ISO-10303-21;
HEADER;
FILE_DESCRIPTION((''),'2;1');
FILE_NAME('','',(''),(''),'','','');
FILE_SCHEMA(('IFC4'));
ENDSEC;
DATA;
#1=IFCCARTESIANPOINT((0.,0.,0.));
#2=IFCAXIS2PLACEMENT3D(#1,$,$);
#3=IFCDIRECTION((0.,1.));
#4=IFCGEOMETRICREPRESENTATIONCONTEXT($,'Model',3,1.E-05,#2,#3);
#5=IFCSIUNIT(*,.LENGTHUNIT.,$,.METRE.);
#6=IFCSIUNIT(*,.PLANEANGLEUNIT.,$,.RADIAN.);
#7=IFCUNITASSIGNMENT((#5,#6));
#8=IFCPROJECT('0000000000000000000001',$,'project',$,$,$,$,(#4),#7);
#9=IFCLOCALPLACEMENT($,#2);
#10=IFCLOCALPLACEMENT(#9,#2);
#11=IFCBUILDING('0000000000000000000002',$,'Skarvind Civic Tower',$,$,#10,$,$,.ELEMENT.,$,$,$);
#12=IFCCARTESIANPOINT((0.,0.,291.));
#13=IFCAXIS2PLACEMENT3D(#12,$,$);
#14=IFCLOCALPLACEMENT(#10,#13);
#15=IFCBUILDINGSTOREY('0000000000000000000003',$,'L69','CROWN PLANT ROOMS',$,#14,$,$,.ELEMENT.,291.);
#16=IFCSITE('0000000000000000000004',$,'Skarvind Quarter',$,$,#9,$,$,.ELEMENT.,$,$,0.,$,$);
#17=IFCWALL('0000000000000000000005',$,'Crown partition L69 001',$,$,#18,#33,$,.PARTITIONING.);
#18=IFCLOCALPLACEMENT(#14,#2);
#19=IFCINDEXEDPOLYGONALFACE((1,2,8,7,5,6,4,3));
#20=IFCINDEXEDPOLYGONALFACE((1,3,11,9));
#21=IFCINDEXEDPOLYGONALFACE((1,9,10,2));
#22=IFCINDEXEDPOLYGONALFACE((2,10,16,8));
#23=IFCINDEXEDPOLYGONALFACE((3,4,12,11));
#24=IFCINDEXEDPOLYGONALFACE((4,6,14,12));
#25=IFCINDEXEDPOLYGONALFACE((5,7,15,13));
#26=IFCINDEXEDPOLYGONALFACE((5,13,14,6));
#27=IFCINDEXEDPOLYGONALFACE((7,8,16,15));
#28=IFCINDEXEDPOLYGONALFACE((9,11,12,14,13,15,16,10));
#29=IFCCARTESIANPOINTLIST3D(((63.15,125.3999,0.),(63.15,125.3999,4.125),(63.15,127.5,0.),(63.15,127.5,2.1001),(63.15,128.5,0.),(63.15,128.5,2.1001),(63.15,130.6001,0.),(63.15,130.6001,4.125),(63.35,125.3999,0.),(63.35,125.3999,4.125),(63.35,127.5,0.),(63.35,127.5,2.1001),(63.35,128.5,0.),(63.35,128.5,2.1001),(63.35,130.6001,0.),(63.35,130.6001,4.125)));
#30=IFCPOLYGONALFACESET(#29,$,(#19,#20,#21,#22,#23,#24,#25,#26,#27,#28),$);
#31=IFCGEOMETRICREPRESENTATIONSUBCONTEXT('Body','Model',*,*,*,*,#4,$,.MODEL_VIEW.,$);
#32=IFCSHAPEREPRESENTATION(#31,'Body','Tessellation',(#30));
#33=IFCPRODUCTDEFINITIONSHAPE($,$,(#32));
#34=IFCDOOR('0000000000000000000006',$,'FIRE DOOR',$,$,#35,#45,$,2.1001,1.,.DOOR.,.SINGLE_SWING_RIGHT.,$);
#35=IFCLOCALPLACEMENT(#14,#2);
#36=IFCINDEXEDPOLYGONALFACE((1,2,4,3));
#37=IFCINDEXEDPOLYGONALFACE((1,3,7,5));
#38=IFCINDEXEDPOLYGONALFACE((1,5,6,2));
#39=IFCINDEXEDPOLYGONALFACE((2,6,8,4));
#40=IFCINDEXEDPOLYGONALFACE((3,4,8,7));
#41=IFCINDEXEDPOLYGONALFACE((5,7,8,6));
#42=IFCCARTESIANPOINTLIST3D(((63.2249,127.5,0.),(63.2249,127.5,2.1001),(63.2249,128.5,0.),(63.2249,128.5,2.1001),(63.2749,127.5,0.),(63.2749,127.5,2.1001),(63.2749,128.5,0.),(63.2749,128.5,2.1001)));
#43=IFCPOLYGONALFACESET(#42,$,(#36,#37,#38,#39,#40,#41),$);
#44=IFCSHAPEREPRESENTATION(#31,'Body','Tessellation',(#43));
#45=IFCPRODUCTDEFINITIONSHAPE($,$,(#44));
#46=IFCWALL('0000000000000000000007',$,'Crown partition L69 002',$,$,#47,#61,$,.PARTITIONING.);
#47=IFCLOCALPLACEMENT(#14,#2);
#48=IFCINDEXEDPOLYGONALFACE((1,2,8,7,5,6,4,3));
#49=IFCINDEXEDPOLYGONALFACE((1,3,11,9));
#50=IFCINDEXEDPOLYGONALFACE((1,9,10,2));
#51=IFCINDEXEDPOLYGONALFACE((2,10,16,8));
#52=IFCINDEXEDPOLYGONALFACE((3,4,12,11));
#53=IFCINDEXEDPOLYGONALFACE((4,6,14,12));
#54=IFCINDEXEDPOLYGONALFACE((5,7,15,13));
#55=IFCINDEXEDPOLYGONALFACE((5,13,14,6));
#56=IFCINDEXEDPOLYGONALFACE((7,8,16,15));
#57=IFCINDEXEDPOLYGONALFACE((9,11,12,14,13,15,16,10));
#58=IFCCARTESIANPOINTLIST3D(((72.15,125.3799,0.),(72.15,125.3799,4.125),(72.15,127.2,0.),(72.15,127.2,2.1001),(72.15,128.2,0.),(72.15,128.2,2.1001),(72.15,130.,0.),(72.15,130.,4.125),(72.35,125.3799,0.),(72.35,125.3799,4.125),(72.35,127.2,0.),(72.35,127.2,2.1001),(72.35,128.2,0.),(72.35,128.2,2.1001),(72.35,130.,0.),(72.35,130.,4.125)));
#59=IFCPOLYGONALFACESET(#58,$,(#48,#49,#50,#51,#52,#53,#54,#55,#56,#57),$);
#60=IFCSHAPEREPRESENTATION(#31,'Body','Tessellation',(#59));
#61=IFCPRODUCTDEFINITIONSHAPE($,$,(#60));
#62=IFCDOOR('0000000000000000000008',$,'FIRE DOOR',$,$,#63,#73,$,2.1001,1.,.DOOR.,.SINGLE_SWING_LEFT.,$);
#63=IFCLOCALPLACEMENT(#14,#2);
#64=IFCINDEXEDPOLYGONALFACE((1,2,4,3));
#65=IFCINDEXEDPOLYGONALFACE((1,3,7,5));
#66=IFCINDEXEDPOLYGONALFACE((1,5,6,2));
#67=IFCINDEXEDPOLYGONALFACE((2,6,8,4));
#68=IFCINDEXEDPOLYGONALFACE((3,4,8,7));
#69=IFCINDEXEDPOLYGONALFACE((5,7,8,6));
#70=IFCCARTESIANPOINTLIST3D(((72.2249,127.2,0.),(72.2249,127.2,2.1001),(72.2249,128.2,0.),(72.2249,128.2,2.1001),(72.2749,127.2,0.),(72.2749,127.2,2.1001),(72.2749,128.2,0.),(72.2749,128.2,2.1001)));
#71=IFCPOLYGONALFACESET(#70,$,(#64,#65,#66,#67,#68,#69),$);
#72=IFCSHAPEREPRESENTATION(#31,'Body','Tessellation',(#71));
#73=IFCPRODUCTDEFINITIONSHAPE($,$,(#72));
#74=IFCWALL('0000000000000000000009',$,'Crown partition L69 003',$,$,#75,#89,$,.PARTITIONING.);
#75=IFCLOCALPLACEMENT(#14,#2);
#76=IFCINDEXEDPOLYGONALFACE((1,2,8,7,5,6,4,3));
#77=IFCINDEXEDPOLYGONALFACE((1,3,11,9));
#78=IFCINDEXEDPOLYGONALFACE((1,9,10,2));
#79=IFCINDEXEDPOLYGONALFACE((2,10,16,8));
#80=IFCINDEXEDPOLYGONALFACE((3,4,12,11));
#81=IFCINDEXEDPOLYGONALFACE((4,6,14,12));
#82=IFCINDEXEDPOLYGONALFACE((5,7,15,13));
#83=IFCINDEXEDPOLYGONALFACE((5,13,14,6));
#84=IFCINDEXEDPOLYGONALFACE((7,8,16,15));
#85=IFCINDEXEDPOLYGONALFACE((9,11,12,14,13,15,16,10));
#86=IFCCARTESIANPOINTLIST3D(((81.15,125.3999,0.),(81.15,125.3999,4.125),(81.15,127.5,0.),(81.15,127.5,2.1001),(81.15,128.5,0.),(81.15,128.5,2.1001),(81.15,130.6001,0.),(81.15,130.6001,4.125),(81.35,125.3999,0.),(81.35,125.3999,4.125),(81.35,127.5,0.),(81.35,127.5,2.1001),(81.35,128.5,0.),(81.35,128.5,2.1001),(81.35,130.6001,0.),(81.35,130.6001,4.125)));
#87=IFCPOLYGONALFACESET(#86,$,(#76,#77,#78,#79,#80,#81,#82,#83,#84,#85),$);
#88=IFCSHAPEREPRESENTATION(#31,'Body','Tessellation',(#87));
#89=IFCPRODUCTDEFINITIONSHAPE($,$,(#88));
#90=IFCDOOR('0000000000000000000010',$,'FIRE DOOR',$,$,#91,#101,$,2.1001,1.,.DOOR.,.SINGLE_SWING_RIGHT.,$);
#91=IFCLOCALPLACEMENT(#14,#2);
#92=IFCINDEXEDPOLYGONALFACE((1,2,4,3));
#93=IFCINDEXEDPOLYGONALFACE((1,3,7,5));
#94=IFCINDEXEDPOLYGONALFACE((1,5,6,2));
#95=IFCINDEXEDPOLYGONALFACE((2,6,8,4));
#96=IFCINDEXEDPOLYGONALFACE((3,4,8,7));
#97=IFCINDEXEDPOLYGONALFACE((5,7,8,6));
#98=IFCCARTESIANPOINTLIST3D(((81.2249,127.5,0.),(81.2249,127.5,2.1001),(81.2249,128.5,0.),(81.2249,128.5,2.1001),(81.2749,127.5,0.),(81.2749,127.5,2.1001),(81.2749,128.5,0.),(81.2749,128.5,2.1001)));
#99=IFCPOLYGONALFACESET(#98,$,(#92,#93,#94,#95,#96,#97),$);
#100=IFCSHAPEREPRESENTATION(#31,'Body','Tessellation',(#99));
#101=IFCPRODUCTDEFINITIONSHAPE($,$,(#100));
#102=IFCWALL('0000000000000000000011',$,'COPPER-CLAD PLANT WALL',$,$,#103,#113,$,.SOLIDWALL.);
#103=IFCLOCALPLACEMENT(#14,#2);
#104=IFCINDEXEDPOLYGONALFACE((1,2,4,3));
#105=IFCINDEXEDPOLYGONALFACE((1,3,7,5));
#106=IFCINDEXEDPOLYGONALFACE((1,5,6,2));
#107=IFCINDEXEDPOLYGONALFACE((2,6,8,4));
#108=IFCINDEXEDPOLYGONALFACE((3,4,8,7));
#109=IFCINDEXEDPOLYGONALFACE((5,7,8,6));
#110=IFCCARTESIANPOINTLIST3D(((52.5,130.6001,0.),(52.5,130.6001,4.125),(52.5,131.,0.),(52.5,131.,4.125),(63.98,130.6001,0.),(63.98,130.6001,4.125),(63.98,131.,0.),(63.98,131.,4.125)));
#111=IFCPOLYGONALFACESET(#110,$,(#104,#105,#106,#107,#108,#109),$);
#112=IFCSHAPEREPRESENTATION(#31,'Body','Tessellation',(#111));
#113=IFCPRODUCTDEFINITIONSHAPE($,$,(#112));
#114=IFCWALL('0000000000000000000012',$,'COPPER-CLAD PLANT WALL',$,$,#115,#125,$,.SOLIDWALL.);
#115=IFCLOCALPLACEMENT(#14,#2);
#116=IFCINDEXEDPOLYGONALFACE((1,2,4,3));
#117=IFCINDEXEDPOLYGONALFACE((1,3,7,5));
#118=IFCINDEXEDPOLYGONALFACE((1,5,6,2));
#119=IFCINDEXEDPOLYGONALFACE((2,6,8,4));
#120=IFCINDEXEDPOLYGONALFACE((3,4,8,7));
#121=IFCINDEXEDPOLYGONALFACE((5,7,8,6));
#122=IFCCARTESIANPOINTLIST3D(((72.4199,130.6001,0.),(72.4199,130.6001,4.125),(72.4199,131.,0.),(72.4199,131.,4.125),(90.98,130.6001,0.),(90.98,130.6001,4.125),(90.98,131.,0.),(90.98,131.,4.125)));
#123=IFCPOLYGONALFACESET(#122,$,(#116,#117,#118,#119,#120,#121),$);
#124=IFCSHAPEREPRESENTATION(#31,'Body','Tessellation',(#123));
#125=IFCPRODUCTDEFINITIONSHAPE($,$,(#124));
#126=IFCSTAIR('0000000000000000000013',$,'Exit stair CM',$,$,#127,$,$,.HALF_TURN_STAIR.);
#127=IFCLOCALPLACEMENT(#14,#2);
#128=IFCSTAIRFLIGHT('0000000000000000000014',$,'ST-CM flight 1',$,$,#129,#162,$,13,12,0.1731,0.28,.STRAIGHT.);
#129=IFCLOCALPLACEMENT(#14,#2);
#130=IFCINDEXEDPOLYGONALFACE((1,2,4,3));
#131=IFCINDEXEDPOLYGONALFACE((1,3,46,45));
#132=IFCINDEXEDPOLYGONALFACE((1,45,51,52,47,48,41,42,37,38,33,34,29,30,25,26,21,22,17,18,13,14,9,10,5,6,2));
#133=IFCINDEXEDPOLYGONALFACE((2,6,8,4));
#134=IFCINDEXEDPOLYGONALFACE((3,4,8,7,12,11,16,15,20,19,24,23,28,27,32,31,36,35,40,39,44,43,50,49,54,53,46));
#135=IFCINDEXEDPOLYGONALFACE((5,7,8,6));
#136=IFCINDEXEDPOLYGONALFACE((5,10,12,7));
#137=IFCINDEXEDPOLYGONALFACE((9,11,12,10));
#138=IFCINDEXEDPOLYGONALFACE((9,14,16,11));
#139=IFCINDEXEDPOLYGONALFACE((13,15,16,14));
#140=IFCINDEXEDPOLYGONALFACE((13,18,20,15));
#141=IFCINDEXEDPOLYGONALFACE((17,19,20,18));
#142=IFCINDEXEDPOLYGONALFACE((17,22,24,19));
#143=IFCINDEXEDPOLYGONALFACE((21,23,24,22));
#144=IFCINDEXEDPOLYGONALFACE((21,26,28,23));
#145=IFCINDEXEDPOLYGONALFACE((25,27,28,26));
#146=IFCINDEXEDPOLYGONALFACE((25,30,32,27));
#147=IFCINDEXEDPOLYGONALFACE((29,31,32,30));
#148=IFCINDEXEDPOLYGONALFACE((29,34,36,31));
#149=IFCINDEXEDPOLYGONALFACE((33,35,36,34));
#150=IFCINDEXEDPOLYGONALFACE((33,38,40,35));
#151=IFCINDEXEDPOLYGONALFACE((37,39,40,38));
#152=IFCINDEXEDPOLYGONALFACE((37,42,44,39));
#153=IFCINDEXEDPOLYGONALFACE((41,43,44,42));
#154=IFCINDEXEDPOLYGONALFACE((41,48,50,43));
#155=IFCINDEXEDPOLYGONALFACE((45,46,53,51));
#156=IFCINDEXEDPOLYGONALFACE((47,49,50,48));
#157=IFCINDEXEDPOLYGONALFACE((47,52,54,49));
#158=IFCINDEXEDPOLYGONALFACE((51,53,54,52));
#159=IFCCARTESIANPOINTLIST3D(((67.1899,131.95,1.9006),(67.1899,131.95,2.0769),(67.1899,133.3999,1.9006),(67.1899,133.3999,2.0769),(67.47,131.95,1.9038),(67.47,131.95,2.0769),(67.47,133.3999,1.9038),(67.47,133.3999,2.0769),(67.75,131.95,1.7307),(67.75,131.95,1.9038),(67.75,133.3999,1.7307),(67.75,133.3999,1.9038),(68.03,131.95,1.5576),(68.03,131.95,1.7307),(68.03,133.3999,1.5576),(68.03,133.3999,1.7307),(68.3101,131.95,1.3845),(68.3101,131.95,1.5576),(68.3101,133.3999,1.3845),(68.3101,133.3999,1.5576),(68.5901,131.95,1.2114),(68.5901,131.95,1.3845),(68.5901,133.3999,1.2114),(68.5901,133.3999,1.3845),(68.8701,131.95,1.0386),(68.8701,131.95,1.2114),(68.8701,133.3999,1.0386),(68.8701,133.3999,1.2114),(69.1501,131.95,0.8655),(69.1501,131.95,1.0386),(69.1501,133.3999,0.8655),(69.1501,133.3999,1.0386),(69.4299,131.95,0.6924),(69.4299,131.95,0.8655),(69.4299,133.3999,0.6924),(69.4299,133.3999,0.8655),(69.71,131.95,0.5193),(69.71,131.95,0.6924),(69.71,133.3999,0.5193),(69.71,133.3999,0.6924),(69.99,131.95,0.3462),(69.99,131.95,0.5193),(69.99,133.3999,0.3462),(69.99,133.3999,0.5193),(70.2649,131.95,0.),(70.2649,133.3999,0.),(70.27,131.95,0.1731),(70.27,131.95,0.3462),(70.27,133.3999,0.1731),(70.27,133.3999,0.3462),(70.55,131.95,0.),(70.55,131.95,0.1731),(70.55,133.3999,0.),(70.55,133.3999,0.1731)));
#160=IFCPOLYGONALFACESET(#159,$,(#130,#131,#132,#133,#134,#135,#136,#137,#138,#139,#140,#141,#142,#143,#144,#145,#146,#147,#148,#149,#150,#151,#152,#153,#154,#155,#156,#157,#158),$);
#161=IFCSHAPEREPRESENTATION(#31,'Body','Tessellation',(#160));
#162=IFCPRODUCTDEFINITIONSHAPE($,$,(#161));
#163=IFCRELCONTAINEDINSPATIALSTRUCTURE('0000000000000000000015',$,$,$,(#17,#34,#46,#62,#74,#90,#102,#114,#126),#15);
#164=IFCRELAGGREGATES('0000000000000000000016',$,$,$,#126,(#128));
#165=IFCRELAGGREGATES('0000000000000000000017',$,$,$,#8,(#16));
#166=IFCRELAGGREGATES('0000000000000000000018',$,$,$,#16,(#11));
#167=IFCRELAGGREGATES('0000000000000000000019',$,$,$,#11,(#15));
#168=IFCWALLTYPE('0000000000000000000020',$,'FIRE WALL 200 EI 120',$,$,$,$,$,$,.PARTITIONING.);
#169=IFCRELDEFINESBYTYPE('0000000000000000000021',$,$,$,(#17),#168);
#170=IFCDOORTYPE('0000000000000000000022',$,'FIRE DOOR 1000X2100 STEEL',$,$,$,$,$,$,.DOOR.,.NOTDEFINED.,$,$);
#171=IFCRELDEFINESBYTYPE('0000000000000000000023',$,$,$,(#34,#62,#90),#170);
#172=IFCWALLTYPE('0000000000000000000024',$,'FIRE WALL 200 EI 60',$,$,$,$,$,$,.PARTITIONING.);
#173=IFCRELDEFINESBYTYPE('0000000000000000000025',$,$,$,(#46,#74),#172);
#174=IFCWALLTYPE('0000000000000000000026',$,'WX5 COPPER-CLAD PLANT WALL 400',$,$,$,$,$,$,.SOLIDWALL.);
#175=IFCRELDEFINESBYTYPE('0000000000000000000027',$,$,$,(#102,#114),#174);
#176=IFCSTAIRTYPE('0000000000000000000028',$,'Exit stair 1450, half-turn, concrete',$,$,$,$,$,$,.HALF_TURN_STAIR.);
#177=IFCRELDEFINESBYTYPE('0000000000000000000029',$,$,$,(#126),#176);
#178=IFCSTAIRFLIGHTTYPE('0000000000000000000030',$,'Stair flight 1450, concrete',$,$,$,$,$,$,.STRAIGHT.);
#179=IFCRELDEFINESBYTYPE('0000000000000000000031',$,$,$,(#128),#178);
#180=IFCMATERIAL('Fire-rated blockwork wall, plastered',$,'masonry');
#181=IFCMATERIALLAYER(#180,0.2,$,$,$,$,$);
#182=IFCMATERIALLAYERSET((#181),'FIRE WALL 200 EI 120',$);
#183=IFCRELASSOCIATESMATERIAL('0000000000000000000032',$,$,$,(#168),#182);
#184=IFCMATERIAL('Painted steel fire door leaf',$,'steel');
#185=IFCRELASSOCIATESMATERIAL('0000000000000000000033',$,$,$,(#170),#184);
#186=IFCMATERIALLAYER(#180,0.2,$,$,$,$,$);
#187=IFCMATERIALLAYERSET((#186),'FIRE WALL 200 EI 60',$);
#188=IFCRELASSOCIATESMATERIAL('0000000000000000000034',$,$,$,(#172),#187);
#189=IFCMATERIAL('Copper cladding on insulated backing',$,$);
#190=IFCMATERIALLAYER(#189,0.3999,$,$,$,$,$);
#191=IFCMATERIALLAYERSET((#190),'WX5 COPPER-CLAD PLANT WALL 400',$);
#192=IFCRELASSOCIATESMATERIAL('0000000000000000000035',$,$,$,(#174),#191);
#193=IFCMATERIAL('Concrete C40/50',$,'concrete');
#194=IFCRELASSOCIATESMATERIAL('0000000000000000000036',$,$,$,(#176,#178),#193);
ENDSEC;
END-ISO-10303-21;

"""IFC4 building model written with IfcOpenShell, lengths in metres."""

from ifc_helpers import new_model, si_unit, direction, frame, frame_2d, origin, place, context, subcontext, project, spatial, polyline, rectangle, outline, extrude, material, layer, layer_set, type_object, element, fill, aggregate, save


model = new_model("IFC4")

# Units and contexts
model_context = context("Model", 3, precision=1e-05, world=origin(), true_north=direction((0.0, 1.0)))
body_context = subcontext(model_context, "Body", "Model", "MODEL_VIEW")
ifc_project = project(units=[si_unit("LENGTHUNIT", "METRE"), si_unit("PLANEANGLEUNIT", "RADIAN")], contexts=[model_context])

# Site, building, storey
site_placement = place(None, origin())
site = spatial("IfcSite", under=ifc_project, at=site_placement, Name="Skarvind Quarter", CompositionType="ELEMENT", RefElevation=0.0)
building_placement = place(site_placement, origin())
building = spatial("IfcBuilding", under=site, at=building_placement, Name="Skarvind Civic Tower", CompositionType="ELEMENT")
storey_placement = place(building_placement, frame((0.0, 0.0, 291.0)))
storey = spatial("IfcBuildingStorey", under=building, at=storey_placement, Name="L69", Description="CROWN PLANT ROOMS", CompositionType="ELEMENT", Elevation=291.0)

# Walls, openings, doors
ifc_material_1 = material(Name="Fire-rated blockwork wall, plastered", Category="masonry")
ifc_layer_1 = layer(ifc_material_1, 0.2)
ifc_layer_set_1 = layer_set([ifc_layer_1], Name="FIRE WALL 200 EI 120")
wall_type_1 = type_object("IfcWallType", Name="FIRE WALL 200 EI 120", PredefinedType="PARTITIONING", material=ifc_layer_set_1)
wall_1_placement = place(storey_placement, frame((63.25, 130.6001, 0.0), z_axis=(0.0, 0.0, 1.0), x_axis=(0.0, -1.0, 0.0)))
wall_1 = element("IfcWall", 1, at=wall_1_placement, inside=storey, type_object=wall_type_1, Name="Crown partition L69 001", PredefinedType="PARTITIONING", context=body_context, shape_type="SweptSolid", body=[
    extrude(rectangle(XDim=5.2002, YDim=0.2, at=frame_2d((2.6001, 0.0))), origin(), (0.0, 0.0, 1.0), 4.125),
])
opening_1_placement = place(wall_1_placement, frame((2.1001, 0.0, 0.0)))
opening_1 = element("IfcOpeningElement", 2, at=opening_1_placement, cuts=wall_1, PredefinedType="OPENING", context=body_context, shape_type="SweptSolid", body=[
    extrude(rectangle(XDim=1.0, YDim=2.1001, at=frame_2d((0.5, 1.05))), frame((0.0, 0.1099, 0.0), z_axis=(0.0, -1.0, 0.0), x_axis=(1.0, 0.0, 0.0)), (0.0, 0.0, 1.0), 0.22),
])
ifc_material_2 = material(Name="Painted steel fire door leaf", Category="steel")
door_type_1 = type_object("IfcDoorType", Name="FIRE DOOR 1000X2100 STEEL", OperationType="NOTDEFINED", PredefinedType="DOOR", material=ifc_material_2)
door_1_placement = place(opening_1_placement, origin())
door_1 = element("IfcDoor", 3, at=door_1_placement, inside=storey, type_object=door_type_1, Name="FIRE DOOR", OperationType="SINGLE_SWING_RIGHT", OverallHeight=2.1001, OverallWidth=1.0, PredefinedType="DOOR", context=body_context, shape_type="SweptSolid", body=[
    extrude(rectangle(XDim=1.0, YDim=2.1001, at=frame_2d((0.5, 1.05))), frame((0.0, 0.0249, 0.0), z_axis=(0.0, -1.0, 0.0), x_axis=(1.0, 0.0, 0.0)), (0.0, 0.0, 1.0), 0.05),
])
fill(opening_1, door_1)
ifc_layer_2 = layer(ifc_material_1, 0.2)
ifc_layer_set_2 = layer_set([ifc_layer_2], Name="FIRE WALL 200 EI 60")
wall_type_2 = type_object("IfcWallType", Name="FIRE WALL 200 EI 60", PredefinedType="PARTITIONING", material=ifc_layer_set_2)
wall_2_placement = place(storey_placement, frame((72.25, 130.0, 0.0), z_axis=(0.0, 0.0, 1.0), x_axis=(0.0, -1.0, 0.0)))
wall_2 = element("IfcWall", 4, at=wall_2_placement, inside=storey, type_object=wall_type_2, Name="Crown partition L69 002", PredefinedType="PARTITIONING", context=body_context, shape_type="SweptSolid", body=[
    extrude(rectangle(XDim=4.6201, YDim=0.2, at=frame_2d((2.3101, 0.0))), origin(), (0.0, 0.0, 1.0), 4.125),
])
opening_2_placement = place(wall_2_placement, frame((1.8, 0.0, 0.0)))
opening_2 = element("IfcOpeningElement", 5, at=opening_2_placement, cuts=wall_2, PredefinedType="OPENING", context=body_context, shape_type="SweptSolid", body=[
    extrude(rectangle(XDim=1.0, YDim=2.1001, at=frame_2d((0.5, 1.05))), frame((0.0, 0.1099, 0.0), z_axis=(0.0, -1.0, 0.0), x_axis=(1.0, 0.0, 0.0)), (0.0, 0.0, 1.0), 0.22),
])
door_2_placement = place(opening_2_placement, origin())
door_2 = element("IfcDoor", 6, at=door_2_placement, inside=storey, type_object=door_type_1, Name="FIRE DOOR", OperationType="SINGLE_SWING_LEFT", OverallHeight=2.1001, OverallWidth=1.0, PredefinedType="DOOR", context=body_context, shape_type="SweptSolid", body=[
    extrude(rectangle(XDim=1.0, YDim=2.1001, at=frame_2d((0.5, 1.05))), frame((0.0, 0.0249, 0.0), z_axis=(0.0, -1.0, 0.0), x_axis=(1.0, 0.0, 0.0)), (0.0, 0.0, 1.0), 0.05),
])
fill(opening_2, door_2)
wall_3_placement = place(storey_placement, frame((81.25, 130.6001, 0.0), z_axis=(0.0, 0.0, 1.0), x_axis=(0.0, -1.0, 0.0)))
wall_3 = element("IfcWall", 7, at=wall_3_placement, inside=storey, type_object=wall_type_2, Name="Crown partition L69 003", PredefinedType="PARTITIONING", context=body_context, shape_type="SweptSolid", body=[
    extrude(rectangle(XDim=5.2002, YDim=0.2, at=frame_2d((2.6001, 0.0))), origin(), (0.0, 0.0, 1.0), 4.125),
])
opening_3_placement = place(wall_3_placement, frame((2.1001, 0.0, 0.0)))
opening_3 = element("IfcOpeningElement", 8, at=opening_3_placement, cuts=wall_3, PredefinedType="OPENING", context=body_context, shape_type="SweptSolid", body=[
    extrude(rectangle(XDim=1.0, YDim=2.1001, at=frame_2d((0.5, 1.05))), frame((0.0, 0.1099, 0.0), z_axis=(0.0, -1.0, 0.0), x_axis=(1.0, 0.0, 0.0)), (0.0, 0.0, 1.0), 0.22),
])
door_3_placement = place(opening_3_placement, origin())
door_3 = element("IfcDoor", 9, at=door_3_placement, inside=storey, type_object=door_type_1, Name="FIRE DOOR", OperationType="SINGLE_SWING_RIGHT", OverallHeight=2.1001, OverallWidth=1.0, PredefinedType="DOOR", context=body_context, shape_type="SweptSolid", body=[
    extrude(rectangle(XDim=1.0, YDim=2.1001, at=frame_2d((0.5, 1.05))), frame((0.0, 0.0249, 0.0), z_axis=(0.0, -1.0, 0.0), x_axis=(1.0, 0.0, 0.0)), (0.0, 0.0, 1.0), 0.05),
])
fill(opening_3, door_3)

# Walls
ifc_material_3 = material(Name="Copper cladding on insulated backing")
ifc_layer_3 = layer(ifc_material_3, 0.3999)
ifc_layer_set_3 = layer_set([ifc_layer_3], Name="WX5 COPPER-CLAD PLANT WALL 400")
wall_type_3 = type_object("IfcWallType", Name="WX5 COPPER-CLAD PLANT WALL 400", PredefinedType="SOLIDWALL", material=ifc_layer_set_3)
wall_4_placement = place(storey_placement, frame((52.5, 130.8, 0.0), z_axis=(0.0, 0.0, 1.0), x_axis=(1.0, 0.0, 0.0)))
element("IfcWall", 10, at=wall_4_placement, inside=storey, type_object=wall_type_3, Name="COPPER-CLAD PLANT WALL", PredefinedType="SOLIDWALL", context=body_context, shape_type="SweptSolid", body=[
    extrude(rectangle(XDim=11.48, YDim=0.3999, at=frame_2d((5.74, 0.0))), origin(), (0.0, 0.0, 1.0), 4.125),
])
wall_5_placement = place(storey_placement, frame((72.4199, 130.8, 0.0), z_axis=(0.0, 0.0, 1.0), x_axis=(1.0, 0.0, 0.0)))
element("IfcWall", 11, at=wall_5_placement, inside=storey, type_object=wall_type_3, Name="COPPER-CLAD PLANT WALL", PredefinedType="SOLIDWALL", context=body_context, shape_type="SweptSolid", body=[
    extrude(rectangle(XDim=18.5601, YDim=0.3999, at=frame_2d((9.28, 0.0))), origin(), (0.0, 0.0, 1.0), 4.125),
])

# Stair, stair flight
ifc_material_4 = material(Name="Concrete C40/50", Category="concrete")
stair_type = type_object("IfcStairType", Name="Exit stair 1450, half-turn, concrete", PredefinedType="HALF_TURN_STAIR", material=ifc_material_4)
stair_placement = place(storey_placement, origin())
stair = element("IfcStair", 12, at=stair_placement, inside=storey, type_object=stair_type, Name="Exit stair CM", PredefinedType="HALF_TURN_STAIR")
stair_flight_type = type_object("IfcStairFlightType", Name="Stair flight 1450, concrete", PredefinedType="STRAIGHT", material=ifc_material_4)
stair_flight_1_placement = place(storey_placement, frame((70.55, 132.675, 0.0), z_axis=(0.0, 0.0, 1.0), x_axis=(-1.0, 0.0, 0.0)))
stair_flight_1 = element("IfcStairFlight", 13, at=stair_flight_1_placement, type_object=stair_flight_type, Name="ST-CM flight 1", NumberOfRisers=13, NumberOfTreads=12, PredefinedType="STRAIGHT", RiserHeight=0.1731, TreadLength=0.28, context=body_context, shape_type="SweptSolid", body=[
    extrude(outline(polyline([(0.0, 0.0), (0.0, 0.1731), (0.28, 0.1731), (0.28, 0.3462), (0.5601, 0.3462), (0.5601, 0.5193), (0.8401, 0.5193), (0.8401, 0.6924), (1.1201, 0.6924), (1.1201, 0.8655), (1.3999, 0.8655), (1.3999, 1.0386), (1.6799, 1.0386), (1.6799, 1.2114), (1.96, 1.2114), (1.96, 1.3845), (2.24, 1.3845), (2.24, 1.5576), (2.52, 1.5576), (2.52, 1.7307), (2.8, 1.7307), (2.8, 1.9038), (3.0801, 1.9038), (3.0801, 2.0769), (3.3601, 2.0769), (3.3601, 2.25), (3.3601, 1.9006), (0.2852, 0.0), (0.0, 0.0)])), frame((0.0, 0.7251, 0.0), z_axis=(0.0, -1.0, 0.0), x_axis=(1.0, 0.0, 0.0)), (0.0, 0.0, 1.0), 1.45),
])
aggregate(stair, [stair_flight_1])

save(model, "model.ifc")
